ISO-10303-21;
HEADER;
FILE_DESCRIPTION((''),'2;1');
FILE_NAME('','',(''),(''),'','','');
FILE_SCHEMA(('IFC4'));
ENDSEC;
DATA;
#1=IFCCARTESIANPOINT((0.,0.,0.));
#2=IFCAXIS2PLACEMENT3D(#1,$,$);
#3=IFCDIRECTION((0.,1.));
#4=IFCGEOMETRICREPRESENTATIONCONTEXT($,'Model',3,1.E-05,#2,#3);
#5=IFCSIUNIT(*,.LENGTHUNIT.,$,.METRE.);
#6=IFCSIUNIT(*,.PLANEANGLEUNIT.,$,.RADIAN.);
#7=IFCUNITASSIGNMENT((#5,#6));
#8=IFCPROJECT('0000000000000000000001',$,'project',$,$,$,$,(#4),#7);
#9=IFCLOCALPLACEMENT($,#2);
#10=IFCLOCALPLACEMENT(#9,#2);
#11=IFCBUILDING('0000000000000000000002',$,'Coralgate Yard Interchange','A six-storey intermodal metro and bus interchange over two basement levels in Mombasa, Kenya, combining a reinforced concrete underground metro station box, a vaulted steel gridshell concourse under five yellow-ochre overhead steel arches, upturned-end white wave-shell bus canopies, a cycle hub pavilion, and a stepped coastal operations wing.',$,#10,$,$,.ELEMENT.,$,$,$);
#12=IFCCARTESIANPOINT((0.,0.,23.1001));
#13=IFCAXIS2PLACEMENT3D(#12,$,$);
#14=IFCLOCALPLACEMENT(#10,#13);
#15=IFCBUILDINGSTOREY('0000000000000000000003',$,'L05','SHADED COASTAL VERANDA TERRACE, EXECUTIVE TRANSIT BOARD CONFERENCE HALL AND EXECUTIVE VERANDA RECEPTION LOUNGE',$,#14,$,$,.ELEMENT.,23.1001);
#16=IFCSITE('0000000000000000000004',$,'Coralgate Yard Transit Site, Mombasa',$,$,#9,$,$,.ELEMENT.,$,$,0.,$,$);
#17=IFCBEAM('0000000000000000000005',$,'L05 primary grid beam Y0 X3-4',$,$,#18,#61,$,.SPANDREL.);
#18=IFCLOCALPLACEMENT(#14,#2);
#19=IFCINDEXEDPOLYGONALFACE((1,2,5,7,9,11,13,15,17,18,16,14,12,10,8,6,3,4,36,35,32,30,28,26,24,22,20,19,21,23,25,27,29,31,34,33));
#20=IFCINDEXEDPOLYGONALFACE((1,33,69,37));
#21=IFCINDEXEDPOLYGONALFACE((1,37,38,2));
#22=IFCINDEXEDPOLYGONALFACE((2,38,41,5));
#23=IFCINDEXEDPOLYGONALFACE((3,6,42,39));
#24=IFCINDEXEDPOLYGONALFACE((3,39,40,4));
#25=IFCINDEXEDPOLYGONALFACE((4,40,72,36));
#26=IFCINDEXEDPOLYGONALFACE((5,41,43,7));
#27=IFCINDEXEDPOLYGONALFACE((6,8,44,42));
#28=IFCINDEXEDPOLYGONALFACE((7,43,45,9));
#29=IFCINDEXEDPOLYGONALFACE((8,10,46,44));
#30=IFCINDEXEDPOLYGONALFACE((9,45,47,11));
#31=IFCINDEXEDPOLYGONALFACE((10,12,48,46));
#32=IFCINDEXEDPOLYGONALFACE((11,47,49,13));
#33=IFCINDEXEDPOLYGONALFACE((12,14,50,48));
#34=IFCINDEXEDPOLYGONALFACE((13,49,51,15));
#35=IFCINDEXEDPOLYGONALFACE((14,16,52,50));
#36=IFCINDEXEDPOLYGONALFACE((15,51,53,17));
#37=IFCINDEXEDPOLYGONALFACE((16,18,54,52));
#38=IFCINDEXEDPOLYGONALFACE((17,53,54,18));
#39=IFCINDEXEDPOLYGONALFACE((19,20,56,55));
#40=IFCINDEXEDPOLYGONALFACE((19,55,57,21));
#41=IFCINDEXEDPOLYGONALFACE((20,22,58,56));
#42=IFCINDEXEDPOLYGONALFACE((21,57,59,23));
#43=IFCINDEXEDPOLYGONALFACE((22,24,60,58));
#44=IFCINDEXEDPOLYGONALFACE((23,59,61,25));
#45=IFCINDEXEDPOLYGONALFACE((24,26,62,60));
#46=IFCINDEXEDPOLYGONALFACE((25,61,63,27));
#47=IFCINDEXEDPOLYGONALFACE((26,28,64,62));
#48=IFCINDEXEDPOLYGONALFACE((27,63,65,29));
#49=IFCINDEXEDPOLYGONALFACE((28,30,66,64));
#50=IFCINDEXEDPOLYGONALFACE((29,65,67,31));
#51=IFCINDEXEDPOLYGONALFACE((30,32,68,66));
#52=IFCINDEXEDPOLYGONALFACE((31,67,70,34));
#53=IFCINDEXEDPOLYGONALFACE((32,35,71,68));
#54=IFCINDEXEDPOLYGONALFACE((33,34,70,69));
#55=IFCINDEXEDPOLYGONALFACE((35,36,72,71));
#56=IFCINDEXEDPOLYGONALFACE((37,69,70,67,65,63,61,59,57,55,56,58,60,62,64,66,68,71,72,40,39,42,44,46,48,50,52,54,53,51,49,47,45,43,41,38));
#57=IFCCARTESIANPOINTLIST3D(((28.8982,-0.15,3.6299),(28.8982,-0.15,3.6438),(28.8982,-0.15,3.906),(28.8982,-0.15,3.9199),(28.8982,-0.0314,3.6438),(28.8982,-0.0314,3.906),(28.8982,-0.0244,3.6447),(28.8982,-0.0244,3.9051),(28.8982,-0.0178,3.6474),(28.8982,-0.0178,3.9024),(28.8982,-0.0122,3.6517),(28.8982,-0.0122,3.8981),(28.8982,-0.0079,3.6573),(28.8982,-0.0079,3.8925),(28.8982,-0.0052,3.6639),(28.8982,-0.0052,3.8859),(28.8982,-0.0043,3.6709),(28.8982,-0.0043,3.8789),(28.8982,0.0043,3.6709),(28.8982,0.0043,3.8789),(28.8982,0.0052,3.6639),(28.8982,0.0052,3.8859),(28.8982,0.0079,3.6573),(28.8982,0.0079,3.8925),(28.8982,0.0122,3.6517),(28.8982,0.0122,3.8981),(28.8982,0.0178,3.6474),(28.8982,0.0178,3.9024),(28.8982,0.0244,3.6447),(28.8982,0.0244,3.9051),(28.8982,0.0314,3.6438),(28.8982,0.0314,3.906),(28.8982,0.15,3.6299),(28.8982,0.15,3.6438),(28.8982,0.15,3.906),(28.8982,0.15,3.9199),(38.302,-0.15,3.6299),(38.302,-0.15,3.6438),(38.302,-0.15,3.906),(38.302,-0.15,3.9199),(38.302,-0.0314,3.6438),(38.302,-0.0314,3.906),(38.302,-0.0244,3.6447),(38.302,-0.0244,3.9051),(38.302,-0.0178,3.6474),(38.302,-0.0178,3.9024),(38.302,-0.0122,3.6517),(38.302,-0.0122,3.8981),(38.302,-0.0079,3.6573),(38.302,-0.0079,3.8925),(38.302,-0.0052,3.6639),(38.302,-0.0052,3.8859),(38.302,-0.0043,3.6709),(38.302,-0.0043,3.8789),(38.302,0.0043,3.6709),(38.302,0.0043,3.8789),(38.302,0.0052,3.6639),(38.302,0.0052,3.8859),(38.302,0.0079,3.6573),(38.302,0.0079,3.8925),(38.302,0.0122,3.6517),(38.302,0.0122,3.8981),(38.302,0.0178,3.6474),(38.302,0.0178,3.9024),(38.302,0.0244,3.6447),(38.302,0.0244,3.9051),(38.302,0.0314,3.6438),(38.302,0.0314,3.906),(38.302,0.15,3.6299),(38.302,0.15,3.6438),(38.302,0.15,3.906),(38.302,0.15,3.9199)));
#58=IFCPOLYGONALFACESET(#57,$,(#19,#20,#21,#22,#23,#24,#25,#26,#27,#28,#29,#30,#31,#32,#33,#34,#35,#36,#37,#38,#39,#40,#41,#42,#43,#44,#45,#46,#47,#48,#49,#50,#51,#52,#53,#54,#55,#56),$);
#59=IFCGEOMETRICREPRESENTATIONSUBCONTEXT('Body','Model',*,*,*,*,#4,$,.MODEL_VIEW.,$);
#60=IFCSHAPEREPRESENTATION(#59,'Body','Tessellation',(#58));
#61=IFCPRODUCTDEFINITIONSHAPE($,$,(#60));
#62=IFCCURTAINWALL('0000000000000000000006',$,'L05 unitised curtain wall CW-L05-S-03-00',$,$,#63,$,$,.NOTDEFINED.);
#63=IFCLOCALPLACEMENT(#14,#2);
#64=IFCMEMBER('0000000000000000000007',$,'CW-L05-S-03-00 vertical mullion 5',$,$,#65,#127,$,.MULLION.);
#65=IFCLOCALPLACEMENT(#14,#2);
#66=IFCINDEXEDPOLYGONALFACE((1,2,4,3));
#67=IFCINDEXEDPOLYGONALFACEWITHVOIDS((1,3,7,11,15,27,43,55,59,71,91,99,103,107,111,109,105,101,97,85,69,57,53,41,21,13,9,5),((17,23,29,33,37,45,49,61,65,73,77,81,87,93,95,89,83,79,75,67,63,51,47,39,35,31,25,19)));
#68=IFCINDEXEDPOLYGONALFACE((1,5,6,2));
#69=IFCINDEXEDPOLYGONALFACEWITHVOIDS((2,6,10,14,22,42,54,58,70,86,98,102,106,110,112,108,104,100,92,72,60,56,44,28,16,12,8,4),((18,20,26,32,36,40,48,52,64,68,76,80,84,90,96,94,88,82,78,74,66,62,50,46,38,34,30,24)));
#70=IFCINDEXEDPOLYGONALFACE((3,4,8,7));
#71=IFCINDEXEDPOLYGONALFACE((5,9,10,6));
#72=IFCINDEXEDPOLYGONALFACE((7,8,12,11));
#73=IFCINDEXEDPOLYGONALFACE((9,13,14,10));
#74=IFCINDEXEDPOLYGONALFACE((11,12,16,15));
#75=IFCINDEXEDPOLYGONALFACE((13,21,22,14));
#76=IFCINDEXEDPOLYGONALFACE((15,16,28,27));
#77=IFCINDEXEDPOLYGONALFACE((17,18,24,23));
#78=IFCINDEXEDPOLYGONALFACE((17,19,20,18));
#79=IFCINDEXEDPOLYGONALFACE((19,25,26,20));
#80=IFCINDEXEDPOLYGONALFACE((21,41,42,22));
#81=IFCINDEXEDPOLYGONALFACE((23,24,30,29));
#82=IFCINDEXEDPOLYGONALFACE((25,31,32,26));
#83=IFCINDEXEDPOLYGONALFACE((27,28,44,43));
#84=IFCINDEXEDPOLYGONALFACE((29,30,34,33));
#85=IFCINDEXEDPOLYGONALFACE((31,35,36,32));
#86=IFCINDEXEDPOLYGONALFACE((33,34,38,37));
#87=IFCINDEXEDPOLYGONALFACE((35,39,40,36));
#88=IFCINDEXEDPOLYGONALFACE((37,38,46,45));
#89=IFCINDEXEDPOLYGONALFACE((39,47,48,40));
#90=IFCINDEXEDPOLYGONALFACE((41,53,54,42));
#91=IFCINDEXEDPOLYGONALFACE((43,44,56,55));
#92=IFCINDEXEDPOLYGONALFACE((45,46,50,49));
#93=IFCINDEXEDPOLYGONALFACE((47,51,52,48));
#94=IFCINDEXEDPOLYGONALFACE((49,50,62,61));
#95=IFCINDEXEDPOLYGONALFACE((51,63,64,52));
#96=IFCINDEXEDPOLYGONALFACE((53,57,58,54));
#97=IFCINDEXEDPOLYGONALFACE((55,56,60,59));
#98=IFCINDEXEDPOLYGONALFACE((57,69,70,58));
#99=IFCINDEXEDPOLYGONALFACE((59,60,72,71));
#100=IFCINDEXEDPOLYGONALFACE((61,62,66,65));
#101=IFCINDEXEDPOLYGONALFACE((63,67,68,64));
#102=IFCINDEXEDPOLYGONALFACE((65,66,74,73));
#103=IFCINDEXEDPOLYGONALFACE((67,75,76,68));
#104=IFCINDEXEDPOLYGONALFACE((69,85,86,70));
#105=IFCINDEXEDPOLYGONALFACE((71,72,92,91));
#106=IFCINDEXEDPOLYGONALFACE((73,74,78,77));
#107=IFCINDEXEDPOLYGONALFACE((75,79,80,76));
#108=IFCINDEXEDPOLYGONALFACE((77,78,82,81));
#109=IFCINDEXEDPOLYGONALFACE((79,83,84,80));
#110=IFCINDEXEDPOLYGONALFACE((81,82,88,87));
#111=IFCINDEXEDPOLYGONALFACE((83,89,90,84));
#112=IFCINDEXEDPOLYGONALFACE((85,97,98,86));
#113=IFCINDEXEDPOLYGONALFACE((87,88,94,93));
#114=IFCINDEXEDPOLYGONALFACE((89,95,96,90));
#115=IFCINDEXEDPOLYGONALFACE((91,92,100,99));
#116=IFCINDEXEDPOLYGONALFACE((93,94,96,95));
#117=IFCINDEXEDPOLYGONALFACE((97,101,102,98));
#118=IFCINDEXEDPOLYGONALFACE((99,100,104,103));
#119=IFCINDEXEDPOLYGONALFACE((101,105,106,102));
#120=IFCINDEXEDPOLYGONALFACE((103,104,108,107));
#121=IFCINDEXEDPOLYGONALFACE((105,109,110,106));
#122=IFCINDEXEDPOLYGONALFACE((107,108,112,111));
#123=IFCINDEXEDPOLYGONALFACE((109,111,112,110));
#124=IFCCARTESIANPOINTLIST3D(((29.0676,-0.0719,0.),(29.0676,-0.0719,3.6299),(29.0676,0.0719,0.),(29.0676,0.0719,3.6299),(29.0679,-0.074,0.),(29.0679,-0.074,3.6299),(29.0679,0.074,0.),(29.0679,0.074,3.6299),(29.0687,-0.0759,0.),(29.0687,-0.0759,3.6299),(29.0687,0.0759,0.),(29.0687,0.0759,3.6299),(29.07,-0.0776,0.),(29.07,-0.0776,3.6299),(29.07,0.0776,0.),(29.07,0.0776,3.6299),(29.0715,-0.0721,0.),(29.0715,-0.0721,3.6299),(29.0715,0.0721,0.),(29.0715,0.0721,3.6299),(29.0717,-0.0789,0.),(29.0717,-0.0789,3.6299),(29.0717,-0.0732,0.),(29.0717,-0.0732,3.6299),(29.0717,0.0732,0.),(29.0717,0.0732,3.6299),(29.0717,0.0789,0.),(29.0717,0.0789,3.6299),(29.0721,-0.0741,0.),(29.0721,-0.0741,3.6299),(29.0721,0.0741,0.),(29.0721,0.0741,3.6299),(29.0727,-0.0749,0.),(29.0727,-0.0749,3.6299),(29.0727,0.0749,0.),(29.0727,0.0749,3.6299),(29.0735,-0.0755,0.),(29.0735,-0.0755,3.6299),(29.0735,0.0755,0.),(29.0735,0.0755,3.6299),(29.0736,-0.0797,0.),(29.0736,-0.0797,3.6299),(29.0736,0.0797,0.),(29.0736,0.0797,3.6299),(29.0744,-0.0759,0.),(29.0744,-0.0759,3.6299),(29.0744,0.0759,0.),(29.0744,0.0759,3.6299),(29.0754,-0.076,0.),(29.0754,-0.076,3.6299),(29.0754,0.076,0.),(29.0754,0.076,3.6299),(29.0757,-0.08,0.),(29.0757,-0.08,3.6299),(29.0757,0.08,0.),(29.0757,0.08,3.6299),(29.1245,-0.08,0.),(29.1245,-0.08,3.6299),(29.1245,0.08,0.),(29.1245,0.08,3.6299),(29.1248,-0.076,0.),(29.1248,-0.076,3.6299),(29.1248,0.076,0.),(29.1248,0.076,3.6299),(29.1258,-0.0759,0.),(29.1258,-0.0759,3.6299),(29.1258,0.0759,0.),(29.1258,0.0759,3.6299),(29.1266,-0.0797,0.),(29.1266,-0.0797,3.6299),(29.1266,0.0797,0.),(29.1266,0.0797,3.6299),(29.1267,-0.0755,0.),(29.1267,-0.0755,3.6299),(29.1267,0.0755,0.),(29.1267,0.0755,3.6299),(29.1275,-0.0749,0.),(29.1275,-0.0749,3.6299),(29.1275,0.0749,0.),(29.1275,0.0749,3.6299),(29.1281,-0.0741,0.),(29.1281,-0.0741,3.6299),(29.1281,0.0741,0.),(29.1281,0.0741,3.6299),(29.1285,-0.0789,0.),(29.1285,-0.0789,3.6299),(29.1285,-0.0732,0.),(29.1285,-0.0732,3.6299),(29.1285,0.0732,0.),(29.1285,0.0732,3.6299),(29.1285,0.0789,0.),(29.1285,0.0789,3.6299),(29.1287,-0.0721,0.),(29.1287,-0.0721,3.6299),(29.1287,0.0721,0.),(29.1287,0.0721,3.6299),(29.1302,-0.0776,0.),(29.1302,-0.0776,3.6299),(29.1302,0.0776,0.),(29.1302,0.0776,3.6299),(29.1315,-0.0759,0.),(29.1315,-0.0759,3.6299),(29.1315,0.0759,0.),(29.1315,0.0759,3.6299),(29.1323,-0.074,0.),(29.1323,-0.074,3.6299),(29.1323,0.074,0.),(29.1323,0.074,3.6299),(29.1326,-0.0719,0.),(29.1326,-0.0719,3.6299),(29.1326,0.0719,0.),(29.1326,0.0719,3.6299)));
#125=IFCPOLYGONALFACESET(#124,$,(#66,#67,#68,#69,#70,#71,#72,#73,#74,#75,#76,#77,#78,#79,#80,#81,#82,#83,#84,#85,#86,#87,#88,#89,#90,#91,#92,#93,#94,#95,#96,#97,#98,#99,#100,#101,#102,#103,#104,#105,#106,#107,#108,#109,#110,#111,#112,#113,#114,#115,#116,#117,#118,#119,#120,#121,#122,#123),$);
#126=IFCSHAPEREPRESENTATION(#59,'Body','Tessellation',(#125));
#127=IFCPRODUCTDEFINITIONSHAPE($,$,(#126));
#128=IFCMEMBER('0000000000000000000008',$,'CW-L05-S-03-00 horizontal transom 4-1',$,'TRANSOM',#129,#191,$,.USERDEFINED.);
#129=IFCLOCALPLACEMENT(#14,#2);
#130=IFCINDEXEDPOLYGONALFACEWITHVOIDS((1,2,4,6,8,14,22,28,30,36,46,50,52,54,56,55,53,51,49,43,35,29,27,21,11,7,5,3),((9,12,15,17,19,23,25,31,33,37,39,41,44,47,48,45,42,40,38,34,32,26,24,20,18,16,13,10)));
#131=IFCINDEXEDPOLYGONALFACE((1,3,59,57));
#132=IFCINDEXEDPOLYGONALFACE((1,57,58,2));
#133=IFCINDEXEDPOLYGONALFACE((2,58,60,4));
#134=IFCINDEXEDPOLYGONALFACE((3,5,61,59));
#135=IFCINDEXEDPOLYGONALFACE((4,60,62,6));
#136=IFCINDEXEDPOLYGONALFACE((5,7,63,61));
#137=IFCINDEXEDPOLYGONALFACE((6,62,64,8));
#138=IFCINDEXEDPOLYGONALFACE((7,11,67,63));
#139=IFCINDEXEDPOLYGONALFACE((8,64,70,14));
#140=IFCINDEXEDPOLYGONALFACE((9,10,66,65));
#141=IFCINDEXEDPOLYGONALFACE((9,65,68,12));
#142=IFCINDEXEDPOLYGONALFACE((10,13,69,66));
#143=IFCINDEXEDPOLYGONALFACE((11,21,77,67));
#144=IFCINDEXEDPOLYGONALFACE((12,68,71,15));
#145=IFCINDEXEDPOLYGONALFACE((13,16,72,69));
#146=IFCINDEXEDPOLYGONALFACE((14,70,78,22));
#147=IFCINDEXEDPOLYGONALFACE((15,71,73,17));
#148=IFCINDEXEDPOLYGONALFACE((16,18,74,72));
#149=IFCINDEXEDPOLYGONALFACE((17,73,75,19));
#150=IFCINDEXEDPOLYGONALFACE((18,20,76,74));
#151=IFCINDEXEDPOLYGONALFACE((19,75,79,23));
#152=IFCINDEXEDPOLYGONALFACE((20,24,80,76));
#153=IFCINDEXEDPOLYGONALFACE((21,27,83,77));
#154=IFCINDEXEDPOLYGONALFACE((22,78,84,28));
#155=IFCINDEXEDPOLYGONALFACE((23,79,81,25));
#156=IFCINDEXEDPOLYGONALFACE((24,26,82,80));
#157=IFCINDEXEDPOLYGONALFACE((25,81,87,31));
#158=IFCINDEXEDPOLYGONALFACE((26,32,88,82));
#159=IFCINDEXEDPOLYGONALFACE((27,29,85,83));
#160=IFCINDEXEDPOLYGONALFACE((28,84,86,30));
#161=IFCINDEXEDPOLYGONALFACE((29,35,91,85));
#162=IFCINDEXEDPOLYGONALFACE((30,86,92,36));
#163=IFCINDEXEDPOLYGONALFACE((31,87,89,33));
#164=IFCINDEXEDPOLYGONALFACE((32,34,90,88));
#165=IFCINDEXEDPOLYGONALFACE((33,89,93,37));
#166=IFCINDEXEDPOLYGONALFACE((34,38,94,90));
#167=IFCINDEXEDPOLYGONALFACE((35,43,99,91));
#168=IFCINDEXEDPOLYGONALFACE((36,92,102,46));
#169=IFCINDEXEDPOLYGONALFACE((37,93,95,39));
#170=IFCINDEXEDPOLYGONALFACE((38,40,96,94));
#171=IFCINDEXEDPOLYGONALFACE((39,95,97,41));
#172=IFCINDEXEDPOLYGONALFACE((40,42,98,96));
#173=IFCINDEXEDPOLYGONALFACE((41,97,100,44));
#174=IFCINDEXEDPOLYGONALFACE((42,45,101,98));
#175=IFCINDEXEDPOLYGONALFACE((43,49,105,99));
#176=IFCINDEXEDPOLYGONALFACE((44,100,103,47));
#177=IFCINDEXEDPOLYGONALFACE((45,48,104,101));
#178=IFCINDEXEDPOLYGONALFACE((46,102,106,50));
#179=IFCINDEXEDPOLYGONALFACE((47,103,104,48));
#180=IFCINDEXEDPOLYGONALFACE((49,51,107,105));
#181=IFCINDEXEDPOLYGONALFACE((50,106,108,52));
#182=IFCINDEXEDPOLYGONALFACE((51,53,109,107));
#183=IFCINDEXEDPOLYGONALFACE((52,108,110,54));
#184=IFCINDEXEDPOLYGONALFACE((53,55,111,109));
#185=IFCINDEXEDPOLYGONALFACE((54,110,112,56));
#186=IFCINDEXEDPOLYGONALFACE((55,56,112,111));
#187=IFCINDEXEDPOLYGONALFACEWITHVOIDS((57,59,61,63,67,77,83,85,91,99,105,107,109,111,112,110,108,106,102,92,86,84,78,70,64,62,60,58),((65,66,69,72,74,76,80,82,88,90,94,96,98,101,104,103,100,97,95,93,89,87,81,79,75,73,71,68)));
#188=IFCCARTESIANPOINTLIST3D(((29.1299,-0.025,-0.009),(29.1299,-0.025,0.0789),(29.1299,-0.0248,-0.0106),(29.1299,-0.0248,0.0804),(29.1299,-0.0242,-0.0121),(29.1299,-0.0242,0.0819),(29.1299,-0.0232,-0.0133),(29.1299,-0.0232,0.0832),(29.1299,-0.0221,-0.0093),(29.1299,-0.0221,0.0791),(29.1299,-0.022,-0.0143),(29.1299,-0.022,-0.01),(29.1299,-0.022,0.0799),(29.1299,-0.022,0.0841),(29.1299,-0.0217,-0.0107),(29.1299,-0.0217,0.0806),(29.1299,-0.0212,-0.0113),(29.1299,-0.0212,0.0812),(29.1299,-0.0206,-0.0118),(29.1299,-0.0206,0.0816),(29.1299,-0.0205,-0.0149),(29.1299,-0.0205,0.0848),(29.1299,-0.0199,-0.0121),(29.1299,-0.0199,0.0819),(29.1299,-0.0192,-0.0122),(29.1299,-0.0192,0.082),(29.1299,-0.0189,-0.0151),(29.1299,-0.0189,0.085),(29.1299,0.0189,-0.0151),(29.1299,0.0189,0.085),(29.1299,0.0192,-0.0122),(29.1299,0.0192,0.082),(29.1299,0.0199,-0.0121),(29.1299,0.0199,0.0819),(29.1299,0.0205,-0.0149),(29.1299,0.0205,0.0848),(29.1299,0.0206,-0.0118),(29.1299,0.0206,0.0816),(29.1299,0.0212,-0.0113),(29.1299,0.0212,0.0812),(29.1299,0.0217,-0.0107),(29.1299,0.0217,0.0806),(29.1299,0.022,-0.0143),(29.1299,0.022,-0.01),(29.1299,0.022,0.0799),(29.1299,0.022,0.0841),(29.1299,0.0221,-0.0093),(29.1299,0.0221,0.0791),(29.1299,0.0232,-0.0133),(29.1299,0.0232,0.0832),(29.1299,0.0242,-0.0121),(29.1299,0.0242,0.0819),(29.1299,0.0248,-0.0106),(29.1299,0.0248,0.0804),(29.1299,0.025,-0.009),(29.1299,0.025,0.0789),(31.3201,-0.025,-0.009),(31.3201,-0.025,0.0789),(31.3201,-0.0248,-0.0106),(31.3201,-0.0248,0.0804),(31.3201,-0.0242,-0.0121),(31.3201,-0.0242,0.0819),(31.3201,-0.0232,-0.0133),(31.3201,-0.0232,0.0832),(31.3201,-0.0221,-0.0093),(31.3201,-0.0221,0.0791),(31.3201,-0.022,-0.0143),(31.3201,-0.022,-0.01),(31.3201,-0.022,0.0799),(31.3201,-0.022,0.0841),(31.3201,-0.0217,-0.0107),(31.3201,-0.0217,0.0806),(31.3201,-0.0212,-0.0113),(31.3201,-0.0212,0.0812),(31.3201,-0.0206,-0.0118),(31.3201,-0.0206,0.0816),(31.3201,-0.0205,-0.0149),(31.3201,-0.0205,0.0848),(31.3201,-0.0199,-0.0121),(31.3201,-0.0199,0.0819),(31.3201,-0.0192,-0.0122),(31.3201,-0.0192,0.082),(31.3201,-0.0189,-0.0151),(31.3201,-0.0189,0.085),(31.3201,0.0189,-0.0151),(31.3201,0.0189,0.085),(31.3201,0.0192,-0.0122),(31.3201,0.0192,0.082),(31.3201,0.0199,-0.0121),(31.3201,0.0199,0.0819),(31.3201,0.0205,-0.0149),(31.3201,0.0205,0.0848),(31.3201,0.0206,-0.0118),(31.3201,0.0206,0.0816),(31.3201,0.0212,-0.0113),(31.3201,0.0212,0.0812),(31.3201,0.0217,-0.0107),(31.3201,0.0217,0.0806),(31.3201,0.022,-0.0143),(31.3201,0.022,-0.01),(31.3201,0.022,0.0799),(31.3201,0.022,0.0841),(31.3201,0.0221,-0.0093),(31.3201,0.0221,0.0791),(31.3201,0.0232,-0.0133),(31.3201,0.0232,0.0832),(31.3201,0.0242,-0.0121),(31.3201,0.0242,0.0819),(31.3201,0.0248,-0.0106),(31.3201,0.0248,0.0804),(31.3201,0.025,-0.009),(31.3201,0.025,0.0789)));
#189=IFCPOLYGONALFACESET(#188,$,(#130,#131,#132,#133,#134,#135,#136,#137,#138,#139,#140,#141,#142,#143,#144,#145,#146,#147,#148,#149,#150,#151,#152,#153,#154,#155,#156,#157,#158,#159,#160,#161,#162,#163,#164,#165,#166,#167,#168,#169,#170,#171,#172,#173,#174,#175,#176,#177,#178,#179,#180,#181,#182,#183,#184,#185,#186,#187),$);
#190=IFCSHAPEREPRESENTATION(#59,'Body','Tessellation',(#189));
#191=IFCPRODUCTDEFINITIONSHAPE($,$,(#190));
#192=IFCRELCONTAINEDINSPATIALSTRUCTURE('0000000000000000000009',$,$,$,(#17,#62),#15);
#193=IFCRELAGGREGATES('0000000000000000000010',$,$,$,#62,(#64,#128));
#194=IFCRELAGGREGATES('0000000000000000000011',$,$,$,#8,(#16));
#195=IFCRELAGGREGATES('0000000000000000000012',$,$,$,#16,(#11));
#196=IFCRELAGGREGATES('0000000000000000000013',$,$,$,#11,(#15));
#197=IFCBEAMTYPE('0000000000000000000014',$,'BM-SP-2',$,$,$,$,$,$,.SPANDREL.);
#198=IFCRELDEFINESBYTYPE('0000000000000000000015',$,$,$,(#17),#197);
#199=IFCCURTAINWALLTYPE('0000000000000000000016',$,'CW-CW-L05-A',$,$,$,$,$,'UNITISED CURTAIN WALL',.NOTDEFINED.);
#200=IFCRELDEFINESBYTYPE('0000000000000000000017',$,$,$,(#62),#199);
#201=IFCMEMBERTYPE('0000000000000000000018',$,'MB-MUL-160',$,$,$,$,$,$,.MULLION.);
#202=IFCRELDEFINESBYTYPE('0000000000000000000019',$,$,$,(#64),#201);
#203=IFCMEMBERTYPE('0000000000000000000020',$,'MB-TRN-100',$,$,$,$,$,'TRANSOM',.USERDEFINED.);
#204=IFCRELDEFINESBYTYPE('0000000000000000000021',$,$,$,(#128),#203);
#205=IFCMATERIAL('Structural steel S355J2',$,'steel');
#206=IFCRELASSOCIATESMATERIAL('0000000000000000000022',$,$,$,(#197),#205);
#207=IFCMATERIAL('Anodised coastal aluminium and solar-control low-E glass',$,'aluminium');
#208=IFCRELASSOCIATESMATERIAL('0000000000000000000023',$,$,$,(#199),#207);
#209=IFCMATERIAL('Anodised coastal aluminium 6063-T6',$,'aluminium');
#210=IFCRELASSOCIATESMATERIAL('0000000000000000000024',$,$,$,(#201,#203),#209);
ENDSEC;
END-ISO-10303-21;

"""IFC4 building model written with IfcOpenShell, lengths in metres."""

from ifc_helpers import new_model, si_unit, direction, frame, origin, origin_2d, place, context, subcontext, project, spatial, hollow_rectangle, i_section, extrude, material, material_profile, profile_set, type_object, element, aggregate, save


model = new_model("IFC4")

# Units and contexts
model_context = context("Model", 3, precision=1e-05, world=origin(), true_north=direction((0.0, 1.0)))
body_context = subcontext(model_context, "Body", "Model", "MODEL_VIEW")
ifc_project = project(units=[si_unit("LENGTHUNIT", "METRE"), si_unit("PLANEANGLEUNIT", "RADIAN")], contexts=[model_context])

# Site, building, storey
site_placement = place(None, origin())
site = spatial("IfcSite", under=ifc_project, at=site_placement, Name="Coralgate Yard Transit Site, Mombasa", CompositionType="ELEMENT", RefElevation=0.0)
building_placement = place(site_placement, origin())
building = spatial("IfcBuilding", under=site, at=building_placement, Name="Coralgate Yard Interchange", Description="A six-storey intermodal metro and bus interchange over two basement levels in Mombasa, Kenya, combining a reinforced concrete underground metro station box, a vaulted steel gridshell concourse under five yellow-ochre overhead steel arches, upturned-end white wave-shell bus canopies, a cycle hub pavilion, and a stepped coastal operations wing.", CompositionType="ELEMENT")
storey_placement = place(building_placement, frame((0.0, 0.0, 23.1001)))
storey = spatial("IfcBuildingStorey", under=building, at=storey_placement, Name="L05", Description="SHADED COASTAL VERANDA TERRACE, EXECUTIVE TRANSIT BOARD CONFERENCE HALL AND EXECUTIVE VERANDA RECEPTION LOUNGE", CompositionType="ELEMENT", Elevation=23.1001)

# Shared definitions
ifc_material_1 = material(Name="Structural steel S355J2", Category="steel")

# Beam
ifc_material_profile_1 = material_profile(ifc_material_1, i_section(OverallWidth=0.3, OverallDepth=0.29, WebThickness=0.0085, FlangeThickness=0.0139, FilletRadius=0.0271, at=origin_2d()), Name="HEA 300")
ifc_profile_set_1 = profile_set([ifc_material_profile_1], Name="Structural steel S355J2")
beam_type_1 = type_object("IfcBeamType", Name="BM-SP-2", PredefinedType="SPANDREL", material=ifc_profile_set_1)
for number, where, z_axis, x_axis, name in (
    (1, (28.8982, 0.0, 3.7749), (1.0, 0.0, 0.0), (0.0, 1.0, 0.0), "L05 primary grid beam Y0 X3-4"),
):
    element("IfcBeam", number, at=place(storey_placement, frame(where, z_axis=z_axis, x_axis=x_axis)), inside=storey, type_object=beam_type_1, Name=name, PredefinedType="SPANDREL", context=body_context, shape_type="SweptSolid", body=[
        extrude(i_section(OverallWidth=0.3, OverallDepth=0.29, WebThickness=0.0085, FlangeThickness=0.0139, FilletRadius=0.0271, at=origin_2d()), origin(), (0.0, 0.0, 1.0), 9.4038),
    ])

# Curtain wall, members
ifc_material_2 = material(Name="Anodised coastal aluminium and solar-control low-E glass", Category="aluminium")
curtain_wall_type = type_object("IfcCurtainWallType", Name="CW-CW-L05-A", ElementType="UNITISED CURTAIN WALL", PredefinedType="NOTDEFINED", material=ifc_material_2)
curtain_wall_placement = place(storey_placement, origin())
curtain_wall = element("IfcCurtainWall", 2, at=curtain_wall_placement, inside=storey, type_object=curtain_wall_type, Name="L05 unitised curtain wall CW-L05-S-03-00", PredefinedType="NOTDEFINED")
ifc_material_3 = material(Name="Anodised coastal aluminium 6063-T6", Category="aluminium")
ifc_material_profile_2 = material_profile(ifc_material_3, hollow_rectangle(XDim=0.0649, YDim=0.1599, WallThickness=0.0039, InnerFilletRadius=0.0039, OuterFilletRadius=0.0081, at=origin_2d()), Name="ALU 65x160x4")
ifc_profile_set_2 = profile_set([ifc_material_profile_2], Name="Anodised coastal aluminium 6063-T6")
member_type_1 = type_object("IfcMemberType", Name="MB-MUL-160", PredefinedType="MULLION", material=ifc_profile_set_2)
member_1_placement = place(storey_placement, frame((29.1001, 0.0, 0.0), z_axis=(0.0, 0.0, 1.0), x_axis=(1.0, 0.0, 0.0)))
member_1 = element("IfcMember", 3, at=member_1_placement, type_object=member_type_1, Name="CW-L05-S-03-00 vertical mullion 5", PredefinedType="MULLION", context=body_context, shape_type="SweptSolid", body=[
    extrude(hollow_rectangle(XDim=0.0649, YDim=0.1599, WallThickness=0.0039, InnerFilletRadius=0.0039, OuterFilletRadius=0.0081, at=origin_2d()), origin(), (0.0, 0.0, 1.0), 3.6299),
])
ifc_material_profile_3 = material_profile(ifc_material_3, hollow_rectangle(XDim=0.05, YDim=0.1001, WallThickness=0.0029, InnerFilletRadius=0.0029, OuterFilletRadius=0.0061, at=origin_2d()), Name="ALU 50x100x3")
ifc_profile_set_3 = profile_set([ifc_material_profile_3], Name="Anodised coastal aluminium 6063-T6")
member_type_2 = type_object("IfcMemberType", Name="MB-TRN-100", ElementType="TRANSOM", PredefinedType="USERDEFINED", material=ifc_profile_set_3)
member_2_placement = place(storey_placement, frame((31.3201, 0.0, 0.0349), z_axis=(-1.0, 0.0, 0.0), x_axis=(0.0, -1.0, 0.0)))
member_2 = element("IfcMember", 4, at=member_2_placement, type_object=member_type_2, Name="CW-L05-S-03-00 horizontal transom 4-1", ObjectType="TRANSOM", PredefinedType="USERDEFINED", context=body_context, shape_type="SweptSolid", body=[
    extrude(hollow_rectangle(XDim=0.05, YDim=0.1001, WallThickness=0.0029, InnerFilletRadius=0.0029, OuterFilletRadius=0.0061, at=origin_2d()), origin(), (0.0, 0.0, 1.0), 2.1902),
])
aggregate(curtain_wall, [member_1, member_2])

save(model, "model.ifc")
